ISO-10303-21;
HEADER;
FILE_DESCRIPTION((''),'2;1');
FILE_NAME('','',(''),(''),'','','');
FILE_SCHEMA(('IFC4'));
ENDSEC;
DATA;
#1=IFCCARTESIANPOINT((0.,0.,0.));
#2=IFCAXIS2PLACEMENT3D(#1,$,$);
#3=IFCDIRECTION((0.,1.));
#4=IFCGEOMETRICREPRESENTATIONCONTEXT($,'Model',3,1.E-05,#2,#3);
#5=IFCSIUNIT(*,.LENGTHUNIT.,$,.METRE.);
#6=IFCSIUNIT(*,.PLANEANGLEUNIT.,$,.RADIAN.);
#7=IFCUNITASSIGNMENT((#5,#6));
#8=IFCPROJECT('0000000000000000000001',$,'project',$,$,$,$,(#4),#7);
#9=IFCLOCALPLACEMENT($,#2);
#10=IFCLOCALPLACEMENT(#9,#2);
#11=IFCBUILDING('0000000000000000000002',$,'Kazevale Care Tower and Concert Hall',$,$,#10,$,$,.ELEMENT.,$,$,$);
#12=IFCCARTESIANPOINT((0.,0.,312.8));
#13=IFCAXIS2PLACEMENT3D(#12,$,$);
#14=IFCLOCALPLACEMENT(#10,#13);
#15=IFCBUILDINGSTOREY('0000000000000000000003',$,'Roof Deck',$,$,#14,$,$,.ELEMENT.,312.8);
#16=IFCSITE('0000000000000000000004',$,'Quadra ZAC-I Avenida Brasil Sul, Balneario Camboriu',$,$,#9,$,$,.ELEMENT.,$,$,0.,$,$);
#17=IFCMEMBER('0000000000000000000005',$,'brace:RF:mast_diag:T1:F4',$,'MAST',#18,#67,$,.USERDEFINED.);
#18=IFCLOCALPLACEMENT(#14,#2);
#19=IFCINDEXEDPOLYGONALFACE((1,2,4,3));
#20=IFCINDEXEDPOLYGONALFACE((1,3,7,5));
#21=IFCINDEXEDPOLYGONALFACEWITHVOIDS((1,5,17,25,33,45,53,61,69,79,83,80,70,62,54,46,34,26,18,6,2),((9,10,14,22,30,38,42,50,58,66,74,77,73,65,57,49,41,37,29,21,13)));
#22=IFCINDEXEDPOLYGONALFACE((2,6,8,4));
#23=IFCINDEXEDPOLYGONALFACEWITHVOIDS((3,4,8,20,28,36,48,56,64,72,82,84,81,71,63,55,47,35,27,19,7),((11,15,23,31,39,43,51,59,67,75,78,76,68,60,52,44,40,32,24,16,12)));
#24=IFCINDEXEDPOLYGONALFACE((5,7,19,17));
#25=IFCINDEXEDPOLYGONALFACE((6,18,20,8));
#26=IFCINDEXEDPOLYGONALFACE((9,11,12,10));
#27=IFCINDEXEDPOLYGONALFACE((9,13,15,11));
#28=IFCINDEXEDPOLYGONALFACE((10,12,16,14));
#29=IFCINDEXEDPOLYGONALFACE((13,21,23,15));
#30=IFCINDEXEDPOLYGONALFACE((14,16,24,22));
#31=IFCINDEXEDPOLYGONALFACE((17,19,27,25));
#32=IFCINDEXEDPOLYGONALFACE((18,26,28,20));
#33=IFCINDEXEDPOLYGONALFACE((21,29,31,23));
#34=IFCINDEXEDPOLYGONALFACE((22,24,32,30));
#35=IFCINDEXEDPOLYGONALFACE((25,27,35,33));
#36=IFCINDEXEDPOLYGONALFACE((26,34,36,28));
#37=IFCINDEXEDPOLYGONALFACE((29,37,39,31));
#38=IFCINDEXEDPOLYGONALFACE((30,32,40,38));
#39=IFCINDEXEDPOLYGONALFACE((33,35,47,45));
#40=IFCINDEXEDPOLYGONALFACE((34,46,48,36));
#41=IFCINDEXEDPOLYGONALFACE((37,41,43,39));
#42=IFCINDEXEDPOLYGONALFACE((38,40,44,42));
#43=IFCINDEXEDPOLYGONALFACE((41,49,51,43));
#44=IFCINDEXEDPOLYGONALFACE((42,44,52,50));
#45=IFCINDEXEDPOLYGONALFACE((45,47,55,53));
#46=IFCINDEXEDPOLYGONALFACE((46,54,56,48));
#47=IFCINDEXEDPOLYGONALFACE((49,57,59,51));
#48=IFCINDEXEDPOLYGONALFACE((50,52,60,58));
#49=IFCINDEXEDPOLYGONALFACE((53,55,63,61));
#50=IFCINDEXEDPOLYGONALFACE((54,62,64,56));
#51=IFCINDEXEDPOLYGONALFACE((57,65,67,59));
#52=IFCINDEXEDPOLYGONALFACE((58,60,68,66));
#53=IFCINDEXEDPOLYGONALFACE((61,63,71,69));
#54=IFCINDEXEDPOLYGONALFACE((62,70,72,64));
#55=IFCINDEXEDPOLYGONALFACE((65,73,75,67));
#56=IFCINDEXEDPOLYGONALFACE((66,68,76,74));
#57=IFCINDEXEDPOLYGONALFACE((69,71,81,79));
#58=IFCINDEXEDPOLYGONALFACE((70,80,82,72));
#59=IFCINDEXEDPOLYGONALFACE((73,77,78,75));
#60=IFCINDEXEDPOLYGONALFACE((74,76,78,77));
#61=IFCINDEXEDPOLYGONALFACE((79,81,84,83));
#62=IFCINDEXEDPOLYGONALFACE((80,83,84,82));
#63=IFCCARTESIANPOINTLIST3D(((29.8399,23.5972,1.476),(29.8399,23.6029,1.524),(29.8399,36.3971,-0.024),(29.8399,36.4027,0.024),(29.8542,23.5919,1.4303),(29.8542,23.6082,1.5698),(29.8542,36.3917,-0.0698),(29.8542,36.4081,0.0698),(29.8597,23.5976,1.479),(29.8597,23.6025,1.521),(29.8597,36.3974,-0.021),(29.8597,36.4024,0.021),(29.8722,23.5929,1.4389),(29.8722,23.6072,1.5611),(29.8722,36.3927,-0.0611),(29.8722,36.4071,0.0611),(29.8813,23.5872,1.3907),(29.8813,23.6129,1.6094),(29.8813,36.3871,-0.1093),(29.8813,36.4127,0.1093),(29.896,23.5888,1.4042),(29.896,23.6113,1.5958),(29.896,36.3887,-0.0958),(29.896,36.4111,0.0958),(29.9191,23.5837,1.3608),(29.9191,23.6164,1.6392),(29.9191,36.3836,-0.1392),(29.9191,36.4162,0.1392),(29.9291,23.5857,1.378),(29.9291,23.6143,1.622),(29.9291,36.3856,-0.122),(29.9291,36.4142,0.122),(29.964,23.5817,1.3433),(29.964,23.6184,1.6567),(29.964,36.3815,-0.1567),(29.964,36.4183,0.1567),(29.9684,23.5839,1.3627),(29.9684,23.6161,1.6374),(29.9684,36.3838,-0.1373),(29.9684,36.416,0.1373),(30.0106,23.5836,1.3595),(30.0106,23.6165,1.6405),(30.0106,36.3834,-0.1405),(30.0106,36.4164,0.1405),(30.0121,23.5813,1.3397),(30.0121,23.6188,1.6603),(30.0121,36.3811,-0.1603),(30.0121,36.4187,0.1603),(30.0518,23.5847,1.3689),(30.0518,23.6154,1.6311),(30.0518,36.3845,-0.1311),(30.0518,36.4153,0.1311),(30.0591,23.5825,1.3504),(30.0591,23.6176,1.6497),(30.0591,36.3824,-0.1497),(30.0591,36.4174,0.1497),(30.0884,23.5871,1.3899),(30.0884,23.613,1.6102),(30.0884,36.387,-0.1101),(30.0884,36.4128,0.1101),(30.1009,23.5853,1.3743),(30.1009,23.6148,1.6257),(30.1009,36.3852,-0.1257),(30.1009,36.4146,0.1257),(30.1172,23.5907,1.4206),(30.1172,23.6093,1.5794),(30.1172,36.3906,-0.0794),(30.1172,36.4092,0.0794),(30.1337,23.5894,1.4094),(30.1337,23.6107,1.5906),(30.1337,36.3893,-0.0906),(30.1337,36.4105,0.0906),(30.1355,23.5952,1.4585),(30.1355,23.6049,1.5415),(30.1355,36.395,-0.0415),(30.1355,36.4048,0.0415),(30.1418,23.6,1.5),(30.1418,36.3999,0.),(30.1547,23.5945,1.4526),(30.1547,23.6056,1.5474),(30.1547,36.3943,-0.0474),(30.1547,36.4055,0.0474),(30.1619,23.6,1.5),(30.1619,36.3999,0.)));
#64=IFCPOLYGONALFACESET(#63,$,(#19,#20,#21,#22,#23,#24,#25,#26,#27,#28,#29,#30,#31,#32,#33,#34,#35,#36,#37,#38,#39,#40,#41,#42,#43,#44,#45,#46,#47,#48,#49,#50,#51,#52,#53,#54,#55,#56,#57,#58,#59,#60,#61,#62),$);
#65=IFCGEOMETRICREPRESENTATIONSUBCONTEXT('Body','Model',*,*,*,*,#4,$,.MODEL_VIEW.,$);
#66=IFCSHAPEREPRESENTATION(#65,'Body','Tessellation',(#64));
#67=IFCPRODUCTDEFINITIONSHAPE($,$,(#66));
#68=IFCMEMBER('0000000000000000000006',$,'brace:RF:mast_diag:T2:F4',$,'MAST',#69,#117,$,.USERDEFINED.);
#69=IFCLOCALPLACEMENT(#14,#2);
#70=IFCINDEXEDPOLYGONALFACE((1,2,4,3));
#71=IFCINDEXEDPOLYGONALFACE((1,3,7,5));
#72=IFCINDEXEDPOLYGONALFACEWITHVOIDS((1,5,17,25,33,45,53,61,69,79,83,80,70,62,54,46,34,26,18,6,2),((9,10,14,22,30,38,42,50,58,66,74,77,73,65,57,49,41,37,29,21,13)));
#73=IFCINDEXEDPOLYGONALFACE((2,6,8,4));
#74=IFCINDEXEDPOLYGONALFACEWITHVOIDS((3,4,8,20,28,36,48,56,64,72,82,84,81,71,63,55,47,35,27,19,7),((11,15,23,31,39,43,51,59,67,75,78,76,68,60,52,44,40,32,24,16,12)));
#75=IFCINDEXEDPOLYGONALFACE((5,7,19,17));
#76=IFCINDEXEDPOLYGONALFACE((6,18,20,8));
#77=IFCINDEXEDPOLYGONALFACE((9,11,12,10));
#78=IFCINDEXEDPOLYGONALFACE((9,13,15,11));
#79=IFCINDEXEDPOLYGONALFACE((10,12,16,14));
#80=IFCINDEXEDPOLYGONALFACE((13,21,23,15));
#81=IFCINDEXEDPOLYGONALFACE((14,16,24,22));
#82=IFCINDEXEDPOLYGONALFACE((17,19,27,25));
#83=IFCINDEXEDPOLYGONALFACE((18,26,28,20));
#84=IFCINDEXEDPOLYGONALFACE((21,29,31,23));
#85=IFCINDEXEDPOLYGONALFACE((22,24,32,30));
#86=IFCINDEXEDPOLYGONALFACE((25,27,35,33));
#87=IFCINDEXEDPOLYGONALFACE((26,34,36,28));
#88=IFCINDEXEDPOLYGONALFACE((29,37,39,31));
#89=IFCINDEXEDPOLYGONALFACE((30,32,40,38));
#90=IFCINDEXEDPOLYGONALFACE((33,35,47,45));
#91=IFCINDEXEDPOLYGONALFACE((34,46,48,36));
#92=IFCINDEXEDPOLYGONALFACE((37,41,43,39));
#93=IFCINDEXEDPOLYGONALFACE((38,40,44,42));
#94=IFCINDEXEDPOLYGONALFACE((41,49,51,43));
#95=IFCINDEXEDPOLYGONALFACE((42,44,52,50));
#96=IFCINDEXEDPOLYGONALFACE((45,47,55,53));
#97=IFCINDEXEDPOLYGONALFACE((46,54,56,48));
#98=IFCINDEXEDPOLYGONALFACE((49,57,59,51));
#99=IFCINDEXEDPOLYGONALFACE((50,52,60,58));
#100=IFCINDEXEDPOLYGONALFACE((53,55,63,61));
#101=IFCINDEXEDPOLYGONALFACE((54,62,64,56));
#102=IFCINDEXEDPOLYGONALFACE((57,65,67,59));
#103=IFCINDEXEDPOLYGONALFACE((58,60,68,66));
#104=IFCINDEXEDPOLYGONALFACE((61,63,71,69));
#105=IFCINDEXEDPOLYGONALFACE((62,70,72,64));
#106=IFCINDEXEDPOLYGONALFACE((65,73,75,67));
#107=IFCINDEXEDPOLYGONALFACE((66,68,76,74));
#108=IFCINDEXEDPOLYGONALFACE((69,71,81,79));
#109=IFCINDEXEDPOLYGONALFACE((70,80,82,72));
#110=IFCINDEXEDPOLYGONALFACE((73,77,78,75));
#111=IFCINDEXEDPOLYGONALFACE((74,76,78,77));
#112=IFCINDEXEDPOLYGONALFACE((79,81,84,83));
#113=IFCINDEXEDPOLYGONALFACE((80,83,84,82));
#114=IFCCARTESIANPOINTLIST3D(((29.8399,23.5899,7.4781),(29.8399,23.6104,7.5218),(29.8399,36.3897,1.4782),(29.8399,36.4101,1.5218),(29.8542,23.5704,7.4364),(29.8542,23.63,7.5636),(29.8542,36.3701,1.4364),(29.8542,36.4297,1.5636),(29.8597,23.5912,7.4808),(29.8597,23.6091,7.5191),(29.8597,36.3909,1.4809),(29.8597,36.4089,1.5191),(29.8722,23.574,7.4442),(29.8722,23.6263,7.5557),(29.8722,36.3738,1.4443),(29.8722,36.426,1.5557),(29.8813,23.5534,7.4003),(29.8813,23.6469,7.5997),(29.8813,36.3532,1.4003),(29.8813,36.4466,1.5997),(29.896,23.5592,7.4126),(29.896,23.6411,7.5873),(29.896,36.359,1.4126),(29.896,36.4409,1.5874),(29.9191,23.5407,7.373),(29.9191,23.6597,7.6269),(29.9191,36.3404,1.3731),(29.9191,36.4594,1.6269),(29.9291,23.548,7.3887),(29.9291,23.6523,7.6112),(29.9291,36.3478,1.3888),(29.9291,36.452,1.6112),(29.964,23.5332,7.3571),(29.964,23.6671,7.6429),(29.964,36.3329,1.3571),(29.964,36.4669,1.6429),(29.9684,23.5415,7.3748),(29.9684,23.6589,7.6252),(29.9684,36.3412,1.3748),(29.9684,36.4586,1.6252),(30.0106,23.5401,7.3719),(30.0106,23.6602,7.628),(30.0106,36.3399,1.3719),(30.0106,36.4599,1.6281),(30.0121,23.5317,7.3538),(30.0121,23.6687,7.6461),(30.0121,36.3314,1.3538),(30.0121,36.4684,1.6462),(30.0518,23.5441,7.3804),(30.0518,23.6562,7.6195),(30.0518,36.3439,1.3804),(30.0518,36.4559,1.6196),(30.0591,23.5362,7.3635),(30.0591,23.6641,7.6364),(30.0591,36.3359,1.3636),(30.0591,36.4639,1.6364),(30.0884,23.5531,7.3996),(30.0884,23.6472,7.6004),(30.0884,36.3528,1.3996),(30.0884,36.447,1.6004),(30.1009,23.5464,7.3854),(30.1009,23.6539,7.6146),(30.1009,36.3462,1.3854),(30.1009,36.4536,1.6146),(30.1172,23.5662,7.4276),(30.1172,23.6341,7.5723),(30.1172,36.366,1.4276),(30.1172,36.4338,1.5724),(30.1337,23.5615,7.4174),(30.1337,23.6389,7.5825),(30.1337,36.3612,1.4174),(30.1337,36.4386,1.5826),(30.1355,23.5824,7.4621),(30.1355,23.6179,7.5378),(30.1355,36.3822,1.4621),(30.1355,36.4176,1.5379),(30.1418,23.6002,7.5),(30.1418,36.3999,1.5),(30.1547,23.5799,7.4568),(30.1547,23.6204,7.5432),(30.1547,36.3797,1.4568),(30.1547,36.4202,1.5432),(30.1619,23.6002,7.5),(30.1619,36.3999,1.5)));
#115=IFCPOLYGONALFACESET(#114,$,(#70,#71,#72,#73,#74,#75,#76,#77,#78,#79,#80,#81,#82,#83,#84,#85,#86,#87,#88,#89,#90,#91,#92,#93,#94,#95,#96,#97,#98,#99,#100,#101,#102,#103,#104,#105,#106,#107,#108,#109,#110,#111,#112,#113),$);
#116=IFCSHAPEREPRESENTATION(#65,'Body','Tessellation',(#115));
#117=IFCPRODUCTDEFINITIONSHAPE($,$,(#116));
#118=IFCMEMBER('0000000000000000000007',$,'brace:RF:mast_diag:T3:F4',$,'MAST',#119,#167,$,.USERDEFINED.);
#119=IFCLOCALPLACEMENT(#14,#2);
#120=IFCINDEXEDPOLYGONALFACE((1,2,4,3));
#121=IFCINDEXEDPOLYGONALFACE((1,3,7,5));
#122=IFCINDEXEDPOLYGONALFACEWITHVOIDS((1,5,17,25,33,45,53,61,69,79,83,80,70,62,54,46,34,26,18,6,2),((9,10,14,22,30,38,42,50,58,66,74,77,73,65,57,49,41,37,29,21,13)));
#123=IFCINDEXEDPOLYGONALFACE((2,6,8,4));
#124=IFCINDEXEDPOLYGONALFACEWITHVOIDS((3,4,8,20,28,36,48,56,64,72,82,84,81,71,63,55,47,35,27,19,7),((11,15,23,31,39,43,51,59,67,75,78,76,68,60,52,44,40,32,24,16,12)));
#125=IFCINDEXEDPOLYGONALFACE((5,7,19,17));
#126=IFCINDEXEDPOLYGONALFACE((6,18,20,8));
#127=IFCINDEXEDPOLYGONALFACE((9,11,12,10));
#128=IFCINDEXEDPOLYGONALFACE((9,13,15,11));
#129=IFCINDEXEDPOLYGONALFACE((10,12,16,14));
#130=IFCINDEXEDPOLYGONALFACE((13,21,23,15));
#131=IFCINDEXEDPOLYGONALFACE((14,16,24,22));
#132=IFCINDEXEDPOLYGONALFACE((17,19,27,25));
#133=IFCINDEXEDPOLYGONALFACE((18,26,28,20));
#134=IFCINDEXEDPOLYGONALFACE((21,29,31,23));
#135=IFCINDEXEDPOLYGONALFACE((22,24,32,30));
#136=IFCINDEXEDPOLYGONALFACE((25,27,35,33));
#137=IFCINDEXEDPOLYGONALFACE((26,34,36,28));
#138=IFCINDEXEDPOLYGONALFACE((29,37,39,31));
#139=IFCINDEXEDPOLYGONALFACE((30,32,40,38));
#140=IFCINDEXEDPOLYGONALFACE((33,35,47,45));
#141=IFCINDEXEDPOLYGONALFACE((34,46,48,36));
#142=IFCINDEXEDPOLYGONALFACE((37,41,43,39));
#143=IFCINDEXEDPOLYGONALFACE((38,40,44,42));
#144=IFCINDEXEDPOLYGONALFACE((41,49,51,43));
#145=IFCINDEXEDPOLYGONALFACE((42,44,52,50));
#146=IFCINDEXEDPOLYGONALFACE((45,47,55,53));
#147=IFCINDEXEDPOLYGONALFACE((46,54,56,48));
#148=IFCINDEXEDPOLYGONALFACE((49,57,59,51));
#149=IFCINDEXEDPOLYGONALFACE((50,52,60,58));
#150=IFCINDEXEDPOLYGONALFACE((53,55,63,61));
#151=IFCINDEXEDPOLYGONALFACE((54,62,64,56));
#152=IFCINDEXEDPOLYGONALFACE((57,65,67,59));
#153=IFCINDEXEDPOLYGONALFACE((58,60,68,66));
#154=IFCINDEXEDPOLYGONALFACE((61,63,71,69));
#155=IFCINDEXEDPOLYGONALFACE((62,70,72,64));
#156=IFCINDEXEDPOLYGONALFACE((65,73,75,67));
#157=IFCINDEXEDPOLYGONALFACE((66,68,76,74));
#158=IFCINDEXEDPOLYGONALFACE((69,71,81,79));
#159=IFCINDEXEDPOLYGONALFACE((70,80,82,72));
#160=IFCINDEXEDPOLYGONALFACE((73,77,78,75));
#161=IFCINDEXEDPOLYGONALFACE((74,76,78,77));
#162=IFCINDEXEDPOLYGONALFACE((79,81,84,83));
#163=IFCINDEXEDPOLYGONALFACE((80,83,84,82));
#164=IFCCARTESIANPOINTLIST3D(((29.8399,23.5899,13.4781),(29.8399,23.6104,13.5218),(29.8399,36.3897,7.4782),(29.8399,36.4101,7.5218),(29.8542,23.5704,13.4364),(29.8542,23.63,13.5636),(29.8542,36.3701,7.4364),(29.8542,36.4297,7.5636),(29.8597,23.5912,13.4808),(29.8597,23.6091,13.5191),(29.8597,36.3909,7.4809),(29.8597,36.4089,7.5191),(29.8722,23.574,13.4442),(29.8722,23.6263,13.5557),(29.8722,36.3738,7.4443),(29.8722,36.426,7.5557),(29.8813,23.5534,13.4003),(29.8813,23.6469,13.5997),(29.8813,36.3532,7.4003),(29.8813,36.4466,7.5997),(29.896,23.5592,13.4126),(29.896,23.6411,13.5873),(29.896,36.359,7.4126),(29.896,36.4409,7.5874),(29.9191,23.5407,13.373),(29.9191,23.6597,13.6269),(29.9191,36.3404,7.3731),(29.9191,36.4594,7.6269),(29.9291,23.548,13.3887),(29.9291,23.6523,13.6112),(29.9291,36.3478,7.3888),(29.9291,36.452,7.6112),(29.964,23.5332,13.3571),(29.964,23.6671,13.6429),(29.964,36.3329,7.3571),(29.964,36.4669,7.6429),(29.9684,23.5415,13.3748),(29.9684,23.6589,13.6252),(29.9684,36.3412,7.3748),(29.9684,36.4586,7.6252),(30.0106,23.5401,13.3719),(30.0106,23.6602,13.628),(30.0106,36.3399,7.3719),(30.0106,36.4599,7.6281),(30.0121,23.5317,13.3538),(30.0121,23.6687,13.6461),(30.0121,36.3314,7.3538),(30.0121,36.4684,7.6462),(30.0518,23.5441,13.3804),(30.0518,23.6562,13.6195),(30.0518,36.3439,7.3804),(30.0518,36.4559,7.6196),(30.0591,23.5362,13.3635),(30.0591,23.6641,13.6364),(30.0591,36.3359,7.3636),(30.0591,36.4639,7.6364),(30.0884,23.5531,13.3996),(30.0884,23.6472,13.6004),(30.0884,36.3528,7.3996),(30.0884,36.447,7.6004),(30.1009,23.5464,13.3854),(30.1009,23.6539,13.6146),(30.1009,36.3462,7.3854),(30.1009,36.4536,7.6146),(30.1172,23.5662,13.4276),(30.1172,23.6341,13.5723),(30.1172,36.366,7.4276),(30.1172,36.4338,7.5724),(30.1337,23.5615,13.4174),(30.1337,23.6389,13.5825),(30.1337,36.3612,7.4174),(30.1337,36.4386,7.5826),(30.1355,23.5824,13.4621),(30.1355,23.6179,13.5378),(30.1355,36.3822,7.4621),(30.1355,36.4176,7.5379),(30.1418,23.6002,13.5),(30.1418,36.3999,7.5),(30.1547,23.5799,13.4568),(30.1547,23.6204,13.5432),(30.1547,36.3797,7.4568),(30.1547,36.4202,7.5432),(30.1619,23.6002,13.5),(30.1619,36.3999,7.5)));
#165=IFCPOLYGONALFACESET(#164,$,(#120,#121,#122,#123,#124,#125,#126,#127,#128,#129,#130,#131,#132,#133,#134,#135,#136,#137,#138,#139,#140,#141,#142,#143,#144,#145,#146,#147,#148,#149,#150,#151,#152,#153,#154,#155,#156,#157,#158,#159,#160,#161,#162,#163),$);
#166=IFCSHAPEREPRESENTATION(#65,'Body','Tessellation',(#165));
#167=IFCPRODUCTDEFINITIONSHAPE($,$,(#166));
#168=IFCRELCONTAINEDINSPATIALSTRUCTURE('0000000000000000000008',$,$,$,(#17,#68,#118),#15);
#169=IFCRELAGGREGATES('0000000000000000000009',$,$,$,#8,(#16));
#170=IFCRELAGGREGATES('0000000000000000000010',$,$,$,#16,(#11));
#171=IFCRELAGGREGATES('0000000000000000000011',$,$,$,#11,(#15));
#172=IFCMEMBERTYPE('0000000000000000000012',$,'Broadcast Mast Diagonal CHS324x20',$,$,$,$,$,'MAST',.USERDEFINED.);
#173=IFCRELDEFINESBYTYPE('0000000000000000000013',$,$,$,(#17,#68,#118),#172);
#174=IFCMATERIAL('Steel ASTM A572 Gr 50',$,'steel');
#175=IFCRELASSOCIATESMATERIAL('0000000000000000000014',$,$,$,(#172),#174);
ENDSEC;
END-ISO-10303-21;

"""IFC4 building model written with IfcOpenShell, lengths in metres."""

from ifc_helpers import new_model, si_unit, direction, frame, origin, origin_2d, place, context, subcontext, project, spatial, hollow_circle, extrude, material, material_profile, profile_set, type_object, element, save


model = new_model("IFC4")

# Units and contexts
model_context = context("Model", 3, precision=1e-05, world=origin(), true_north=direction((0.0, 1.0)))
body_context = subcontext(model_context, "Body", "Model", "MODEL_VIEW")
ifc_project = project(units=[si_unit("LENGTHUNIT", "METRE"), si_unit("PLANEANGLEUNIT", "RADIAN")], contexts=[model_context])

# Site, building, storey
site_placement = place(None, origin())
site = spatial("IfcSite", under=ifc_project, at=site_placement, Name="Quadra ZAC-I Avenida Brasil Sul, Balneario Camboriu", CompositionType="ELEMENT", RefElevation=0.0)
building_placement = place(site_placement, origin())
building = spatial("IfcBuilding", under=site, at=building_placement, Name="Kazevale Care Tower and Concert Hall", CompositionType="ELEMENT")
storey_placement = place(building_placement, frame((0.0, 0.0, 312.8)))
storey = spatial("IfcBuildingStorey", under=building, at=storey_placement, Name="Roof Deck", CompositionType="ELEMENT", Elevation=312.8)

# Shared definitions
ifc_material_1 = material(Name="Steel ASTM A572 Gr 50", Category="steel")

# Members
ifc_material_profile_1 = material_profile(ifc_material_1, hollow_circle(Radius=0.1619, WallThickness=0.02, at=origin_2d()), Name="CHS324x20")
ifc_profile_set_1 = profile_set([ifc_material_profile_1], Name="Steel ASTM A572 Gr 50")
member_type = type_object("IfcMemberType", Name="Broadcast Mast Diagonal CHS324x20", ElementType="MAST", PredefinedType="USERDEFINED", material=ifc_profile_set_1)
member_1_placement = place(storey_placement, frame((30.0, 36.3999, 0.0), z_axis=(0.0, -0.993203, 0.116393), x_axis=(1.0, 0.0, 0.0)))
element("IfcMember", 1, at=member_1_placement, inside=storey, type_object=member_type, Name="brace:RF:mast_diag:T1:F4", ObjectType="MAST", PredefinedType="USERDEFINED", context=body_context, shape_type="SweptSolid", body=[
    extrude(hollow_circle(Radius=0.1619, WallThickness=0.02, at=origin_2d()), origin(), (0.0, 0.0, 1.0), 12.8875),
])
for number, where, z_axis, x_axis, name in (
    (2, (30.0, 36.3999, 1.5), (0.0, -0.905456, 0.424439), (1.0, 0.0, 0.0), "brace:RF:mast_diag:T2:F4"),
    (3, (30.0, 36.3999, 7.5), (0.0, -0.905456, 0.424439), (1.0, 0.0, 0.0), "brace:RF:mast_diag:T3:F4"),
):
    element("IfcMember", number, at=place(storey_placement, frame(where, z_axis=z_axis, x_axis=x_axis)), inside=storey, type_object=member_type, Name=name, ObjectType="MAST", PredefinedType="USERDEFINED", context=body_context, shape_type="SweptSolid", body=[
        extrude(hollow_circle(Radius=0.1619, WallThickness=0.02, at=origin_2d()), origin(), (0.0, 0.0, 1.0), 14.1362),
    ])

save(model, "model.ifc")
